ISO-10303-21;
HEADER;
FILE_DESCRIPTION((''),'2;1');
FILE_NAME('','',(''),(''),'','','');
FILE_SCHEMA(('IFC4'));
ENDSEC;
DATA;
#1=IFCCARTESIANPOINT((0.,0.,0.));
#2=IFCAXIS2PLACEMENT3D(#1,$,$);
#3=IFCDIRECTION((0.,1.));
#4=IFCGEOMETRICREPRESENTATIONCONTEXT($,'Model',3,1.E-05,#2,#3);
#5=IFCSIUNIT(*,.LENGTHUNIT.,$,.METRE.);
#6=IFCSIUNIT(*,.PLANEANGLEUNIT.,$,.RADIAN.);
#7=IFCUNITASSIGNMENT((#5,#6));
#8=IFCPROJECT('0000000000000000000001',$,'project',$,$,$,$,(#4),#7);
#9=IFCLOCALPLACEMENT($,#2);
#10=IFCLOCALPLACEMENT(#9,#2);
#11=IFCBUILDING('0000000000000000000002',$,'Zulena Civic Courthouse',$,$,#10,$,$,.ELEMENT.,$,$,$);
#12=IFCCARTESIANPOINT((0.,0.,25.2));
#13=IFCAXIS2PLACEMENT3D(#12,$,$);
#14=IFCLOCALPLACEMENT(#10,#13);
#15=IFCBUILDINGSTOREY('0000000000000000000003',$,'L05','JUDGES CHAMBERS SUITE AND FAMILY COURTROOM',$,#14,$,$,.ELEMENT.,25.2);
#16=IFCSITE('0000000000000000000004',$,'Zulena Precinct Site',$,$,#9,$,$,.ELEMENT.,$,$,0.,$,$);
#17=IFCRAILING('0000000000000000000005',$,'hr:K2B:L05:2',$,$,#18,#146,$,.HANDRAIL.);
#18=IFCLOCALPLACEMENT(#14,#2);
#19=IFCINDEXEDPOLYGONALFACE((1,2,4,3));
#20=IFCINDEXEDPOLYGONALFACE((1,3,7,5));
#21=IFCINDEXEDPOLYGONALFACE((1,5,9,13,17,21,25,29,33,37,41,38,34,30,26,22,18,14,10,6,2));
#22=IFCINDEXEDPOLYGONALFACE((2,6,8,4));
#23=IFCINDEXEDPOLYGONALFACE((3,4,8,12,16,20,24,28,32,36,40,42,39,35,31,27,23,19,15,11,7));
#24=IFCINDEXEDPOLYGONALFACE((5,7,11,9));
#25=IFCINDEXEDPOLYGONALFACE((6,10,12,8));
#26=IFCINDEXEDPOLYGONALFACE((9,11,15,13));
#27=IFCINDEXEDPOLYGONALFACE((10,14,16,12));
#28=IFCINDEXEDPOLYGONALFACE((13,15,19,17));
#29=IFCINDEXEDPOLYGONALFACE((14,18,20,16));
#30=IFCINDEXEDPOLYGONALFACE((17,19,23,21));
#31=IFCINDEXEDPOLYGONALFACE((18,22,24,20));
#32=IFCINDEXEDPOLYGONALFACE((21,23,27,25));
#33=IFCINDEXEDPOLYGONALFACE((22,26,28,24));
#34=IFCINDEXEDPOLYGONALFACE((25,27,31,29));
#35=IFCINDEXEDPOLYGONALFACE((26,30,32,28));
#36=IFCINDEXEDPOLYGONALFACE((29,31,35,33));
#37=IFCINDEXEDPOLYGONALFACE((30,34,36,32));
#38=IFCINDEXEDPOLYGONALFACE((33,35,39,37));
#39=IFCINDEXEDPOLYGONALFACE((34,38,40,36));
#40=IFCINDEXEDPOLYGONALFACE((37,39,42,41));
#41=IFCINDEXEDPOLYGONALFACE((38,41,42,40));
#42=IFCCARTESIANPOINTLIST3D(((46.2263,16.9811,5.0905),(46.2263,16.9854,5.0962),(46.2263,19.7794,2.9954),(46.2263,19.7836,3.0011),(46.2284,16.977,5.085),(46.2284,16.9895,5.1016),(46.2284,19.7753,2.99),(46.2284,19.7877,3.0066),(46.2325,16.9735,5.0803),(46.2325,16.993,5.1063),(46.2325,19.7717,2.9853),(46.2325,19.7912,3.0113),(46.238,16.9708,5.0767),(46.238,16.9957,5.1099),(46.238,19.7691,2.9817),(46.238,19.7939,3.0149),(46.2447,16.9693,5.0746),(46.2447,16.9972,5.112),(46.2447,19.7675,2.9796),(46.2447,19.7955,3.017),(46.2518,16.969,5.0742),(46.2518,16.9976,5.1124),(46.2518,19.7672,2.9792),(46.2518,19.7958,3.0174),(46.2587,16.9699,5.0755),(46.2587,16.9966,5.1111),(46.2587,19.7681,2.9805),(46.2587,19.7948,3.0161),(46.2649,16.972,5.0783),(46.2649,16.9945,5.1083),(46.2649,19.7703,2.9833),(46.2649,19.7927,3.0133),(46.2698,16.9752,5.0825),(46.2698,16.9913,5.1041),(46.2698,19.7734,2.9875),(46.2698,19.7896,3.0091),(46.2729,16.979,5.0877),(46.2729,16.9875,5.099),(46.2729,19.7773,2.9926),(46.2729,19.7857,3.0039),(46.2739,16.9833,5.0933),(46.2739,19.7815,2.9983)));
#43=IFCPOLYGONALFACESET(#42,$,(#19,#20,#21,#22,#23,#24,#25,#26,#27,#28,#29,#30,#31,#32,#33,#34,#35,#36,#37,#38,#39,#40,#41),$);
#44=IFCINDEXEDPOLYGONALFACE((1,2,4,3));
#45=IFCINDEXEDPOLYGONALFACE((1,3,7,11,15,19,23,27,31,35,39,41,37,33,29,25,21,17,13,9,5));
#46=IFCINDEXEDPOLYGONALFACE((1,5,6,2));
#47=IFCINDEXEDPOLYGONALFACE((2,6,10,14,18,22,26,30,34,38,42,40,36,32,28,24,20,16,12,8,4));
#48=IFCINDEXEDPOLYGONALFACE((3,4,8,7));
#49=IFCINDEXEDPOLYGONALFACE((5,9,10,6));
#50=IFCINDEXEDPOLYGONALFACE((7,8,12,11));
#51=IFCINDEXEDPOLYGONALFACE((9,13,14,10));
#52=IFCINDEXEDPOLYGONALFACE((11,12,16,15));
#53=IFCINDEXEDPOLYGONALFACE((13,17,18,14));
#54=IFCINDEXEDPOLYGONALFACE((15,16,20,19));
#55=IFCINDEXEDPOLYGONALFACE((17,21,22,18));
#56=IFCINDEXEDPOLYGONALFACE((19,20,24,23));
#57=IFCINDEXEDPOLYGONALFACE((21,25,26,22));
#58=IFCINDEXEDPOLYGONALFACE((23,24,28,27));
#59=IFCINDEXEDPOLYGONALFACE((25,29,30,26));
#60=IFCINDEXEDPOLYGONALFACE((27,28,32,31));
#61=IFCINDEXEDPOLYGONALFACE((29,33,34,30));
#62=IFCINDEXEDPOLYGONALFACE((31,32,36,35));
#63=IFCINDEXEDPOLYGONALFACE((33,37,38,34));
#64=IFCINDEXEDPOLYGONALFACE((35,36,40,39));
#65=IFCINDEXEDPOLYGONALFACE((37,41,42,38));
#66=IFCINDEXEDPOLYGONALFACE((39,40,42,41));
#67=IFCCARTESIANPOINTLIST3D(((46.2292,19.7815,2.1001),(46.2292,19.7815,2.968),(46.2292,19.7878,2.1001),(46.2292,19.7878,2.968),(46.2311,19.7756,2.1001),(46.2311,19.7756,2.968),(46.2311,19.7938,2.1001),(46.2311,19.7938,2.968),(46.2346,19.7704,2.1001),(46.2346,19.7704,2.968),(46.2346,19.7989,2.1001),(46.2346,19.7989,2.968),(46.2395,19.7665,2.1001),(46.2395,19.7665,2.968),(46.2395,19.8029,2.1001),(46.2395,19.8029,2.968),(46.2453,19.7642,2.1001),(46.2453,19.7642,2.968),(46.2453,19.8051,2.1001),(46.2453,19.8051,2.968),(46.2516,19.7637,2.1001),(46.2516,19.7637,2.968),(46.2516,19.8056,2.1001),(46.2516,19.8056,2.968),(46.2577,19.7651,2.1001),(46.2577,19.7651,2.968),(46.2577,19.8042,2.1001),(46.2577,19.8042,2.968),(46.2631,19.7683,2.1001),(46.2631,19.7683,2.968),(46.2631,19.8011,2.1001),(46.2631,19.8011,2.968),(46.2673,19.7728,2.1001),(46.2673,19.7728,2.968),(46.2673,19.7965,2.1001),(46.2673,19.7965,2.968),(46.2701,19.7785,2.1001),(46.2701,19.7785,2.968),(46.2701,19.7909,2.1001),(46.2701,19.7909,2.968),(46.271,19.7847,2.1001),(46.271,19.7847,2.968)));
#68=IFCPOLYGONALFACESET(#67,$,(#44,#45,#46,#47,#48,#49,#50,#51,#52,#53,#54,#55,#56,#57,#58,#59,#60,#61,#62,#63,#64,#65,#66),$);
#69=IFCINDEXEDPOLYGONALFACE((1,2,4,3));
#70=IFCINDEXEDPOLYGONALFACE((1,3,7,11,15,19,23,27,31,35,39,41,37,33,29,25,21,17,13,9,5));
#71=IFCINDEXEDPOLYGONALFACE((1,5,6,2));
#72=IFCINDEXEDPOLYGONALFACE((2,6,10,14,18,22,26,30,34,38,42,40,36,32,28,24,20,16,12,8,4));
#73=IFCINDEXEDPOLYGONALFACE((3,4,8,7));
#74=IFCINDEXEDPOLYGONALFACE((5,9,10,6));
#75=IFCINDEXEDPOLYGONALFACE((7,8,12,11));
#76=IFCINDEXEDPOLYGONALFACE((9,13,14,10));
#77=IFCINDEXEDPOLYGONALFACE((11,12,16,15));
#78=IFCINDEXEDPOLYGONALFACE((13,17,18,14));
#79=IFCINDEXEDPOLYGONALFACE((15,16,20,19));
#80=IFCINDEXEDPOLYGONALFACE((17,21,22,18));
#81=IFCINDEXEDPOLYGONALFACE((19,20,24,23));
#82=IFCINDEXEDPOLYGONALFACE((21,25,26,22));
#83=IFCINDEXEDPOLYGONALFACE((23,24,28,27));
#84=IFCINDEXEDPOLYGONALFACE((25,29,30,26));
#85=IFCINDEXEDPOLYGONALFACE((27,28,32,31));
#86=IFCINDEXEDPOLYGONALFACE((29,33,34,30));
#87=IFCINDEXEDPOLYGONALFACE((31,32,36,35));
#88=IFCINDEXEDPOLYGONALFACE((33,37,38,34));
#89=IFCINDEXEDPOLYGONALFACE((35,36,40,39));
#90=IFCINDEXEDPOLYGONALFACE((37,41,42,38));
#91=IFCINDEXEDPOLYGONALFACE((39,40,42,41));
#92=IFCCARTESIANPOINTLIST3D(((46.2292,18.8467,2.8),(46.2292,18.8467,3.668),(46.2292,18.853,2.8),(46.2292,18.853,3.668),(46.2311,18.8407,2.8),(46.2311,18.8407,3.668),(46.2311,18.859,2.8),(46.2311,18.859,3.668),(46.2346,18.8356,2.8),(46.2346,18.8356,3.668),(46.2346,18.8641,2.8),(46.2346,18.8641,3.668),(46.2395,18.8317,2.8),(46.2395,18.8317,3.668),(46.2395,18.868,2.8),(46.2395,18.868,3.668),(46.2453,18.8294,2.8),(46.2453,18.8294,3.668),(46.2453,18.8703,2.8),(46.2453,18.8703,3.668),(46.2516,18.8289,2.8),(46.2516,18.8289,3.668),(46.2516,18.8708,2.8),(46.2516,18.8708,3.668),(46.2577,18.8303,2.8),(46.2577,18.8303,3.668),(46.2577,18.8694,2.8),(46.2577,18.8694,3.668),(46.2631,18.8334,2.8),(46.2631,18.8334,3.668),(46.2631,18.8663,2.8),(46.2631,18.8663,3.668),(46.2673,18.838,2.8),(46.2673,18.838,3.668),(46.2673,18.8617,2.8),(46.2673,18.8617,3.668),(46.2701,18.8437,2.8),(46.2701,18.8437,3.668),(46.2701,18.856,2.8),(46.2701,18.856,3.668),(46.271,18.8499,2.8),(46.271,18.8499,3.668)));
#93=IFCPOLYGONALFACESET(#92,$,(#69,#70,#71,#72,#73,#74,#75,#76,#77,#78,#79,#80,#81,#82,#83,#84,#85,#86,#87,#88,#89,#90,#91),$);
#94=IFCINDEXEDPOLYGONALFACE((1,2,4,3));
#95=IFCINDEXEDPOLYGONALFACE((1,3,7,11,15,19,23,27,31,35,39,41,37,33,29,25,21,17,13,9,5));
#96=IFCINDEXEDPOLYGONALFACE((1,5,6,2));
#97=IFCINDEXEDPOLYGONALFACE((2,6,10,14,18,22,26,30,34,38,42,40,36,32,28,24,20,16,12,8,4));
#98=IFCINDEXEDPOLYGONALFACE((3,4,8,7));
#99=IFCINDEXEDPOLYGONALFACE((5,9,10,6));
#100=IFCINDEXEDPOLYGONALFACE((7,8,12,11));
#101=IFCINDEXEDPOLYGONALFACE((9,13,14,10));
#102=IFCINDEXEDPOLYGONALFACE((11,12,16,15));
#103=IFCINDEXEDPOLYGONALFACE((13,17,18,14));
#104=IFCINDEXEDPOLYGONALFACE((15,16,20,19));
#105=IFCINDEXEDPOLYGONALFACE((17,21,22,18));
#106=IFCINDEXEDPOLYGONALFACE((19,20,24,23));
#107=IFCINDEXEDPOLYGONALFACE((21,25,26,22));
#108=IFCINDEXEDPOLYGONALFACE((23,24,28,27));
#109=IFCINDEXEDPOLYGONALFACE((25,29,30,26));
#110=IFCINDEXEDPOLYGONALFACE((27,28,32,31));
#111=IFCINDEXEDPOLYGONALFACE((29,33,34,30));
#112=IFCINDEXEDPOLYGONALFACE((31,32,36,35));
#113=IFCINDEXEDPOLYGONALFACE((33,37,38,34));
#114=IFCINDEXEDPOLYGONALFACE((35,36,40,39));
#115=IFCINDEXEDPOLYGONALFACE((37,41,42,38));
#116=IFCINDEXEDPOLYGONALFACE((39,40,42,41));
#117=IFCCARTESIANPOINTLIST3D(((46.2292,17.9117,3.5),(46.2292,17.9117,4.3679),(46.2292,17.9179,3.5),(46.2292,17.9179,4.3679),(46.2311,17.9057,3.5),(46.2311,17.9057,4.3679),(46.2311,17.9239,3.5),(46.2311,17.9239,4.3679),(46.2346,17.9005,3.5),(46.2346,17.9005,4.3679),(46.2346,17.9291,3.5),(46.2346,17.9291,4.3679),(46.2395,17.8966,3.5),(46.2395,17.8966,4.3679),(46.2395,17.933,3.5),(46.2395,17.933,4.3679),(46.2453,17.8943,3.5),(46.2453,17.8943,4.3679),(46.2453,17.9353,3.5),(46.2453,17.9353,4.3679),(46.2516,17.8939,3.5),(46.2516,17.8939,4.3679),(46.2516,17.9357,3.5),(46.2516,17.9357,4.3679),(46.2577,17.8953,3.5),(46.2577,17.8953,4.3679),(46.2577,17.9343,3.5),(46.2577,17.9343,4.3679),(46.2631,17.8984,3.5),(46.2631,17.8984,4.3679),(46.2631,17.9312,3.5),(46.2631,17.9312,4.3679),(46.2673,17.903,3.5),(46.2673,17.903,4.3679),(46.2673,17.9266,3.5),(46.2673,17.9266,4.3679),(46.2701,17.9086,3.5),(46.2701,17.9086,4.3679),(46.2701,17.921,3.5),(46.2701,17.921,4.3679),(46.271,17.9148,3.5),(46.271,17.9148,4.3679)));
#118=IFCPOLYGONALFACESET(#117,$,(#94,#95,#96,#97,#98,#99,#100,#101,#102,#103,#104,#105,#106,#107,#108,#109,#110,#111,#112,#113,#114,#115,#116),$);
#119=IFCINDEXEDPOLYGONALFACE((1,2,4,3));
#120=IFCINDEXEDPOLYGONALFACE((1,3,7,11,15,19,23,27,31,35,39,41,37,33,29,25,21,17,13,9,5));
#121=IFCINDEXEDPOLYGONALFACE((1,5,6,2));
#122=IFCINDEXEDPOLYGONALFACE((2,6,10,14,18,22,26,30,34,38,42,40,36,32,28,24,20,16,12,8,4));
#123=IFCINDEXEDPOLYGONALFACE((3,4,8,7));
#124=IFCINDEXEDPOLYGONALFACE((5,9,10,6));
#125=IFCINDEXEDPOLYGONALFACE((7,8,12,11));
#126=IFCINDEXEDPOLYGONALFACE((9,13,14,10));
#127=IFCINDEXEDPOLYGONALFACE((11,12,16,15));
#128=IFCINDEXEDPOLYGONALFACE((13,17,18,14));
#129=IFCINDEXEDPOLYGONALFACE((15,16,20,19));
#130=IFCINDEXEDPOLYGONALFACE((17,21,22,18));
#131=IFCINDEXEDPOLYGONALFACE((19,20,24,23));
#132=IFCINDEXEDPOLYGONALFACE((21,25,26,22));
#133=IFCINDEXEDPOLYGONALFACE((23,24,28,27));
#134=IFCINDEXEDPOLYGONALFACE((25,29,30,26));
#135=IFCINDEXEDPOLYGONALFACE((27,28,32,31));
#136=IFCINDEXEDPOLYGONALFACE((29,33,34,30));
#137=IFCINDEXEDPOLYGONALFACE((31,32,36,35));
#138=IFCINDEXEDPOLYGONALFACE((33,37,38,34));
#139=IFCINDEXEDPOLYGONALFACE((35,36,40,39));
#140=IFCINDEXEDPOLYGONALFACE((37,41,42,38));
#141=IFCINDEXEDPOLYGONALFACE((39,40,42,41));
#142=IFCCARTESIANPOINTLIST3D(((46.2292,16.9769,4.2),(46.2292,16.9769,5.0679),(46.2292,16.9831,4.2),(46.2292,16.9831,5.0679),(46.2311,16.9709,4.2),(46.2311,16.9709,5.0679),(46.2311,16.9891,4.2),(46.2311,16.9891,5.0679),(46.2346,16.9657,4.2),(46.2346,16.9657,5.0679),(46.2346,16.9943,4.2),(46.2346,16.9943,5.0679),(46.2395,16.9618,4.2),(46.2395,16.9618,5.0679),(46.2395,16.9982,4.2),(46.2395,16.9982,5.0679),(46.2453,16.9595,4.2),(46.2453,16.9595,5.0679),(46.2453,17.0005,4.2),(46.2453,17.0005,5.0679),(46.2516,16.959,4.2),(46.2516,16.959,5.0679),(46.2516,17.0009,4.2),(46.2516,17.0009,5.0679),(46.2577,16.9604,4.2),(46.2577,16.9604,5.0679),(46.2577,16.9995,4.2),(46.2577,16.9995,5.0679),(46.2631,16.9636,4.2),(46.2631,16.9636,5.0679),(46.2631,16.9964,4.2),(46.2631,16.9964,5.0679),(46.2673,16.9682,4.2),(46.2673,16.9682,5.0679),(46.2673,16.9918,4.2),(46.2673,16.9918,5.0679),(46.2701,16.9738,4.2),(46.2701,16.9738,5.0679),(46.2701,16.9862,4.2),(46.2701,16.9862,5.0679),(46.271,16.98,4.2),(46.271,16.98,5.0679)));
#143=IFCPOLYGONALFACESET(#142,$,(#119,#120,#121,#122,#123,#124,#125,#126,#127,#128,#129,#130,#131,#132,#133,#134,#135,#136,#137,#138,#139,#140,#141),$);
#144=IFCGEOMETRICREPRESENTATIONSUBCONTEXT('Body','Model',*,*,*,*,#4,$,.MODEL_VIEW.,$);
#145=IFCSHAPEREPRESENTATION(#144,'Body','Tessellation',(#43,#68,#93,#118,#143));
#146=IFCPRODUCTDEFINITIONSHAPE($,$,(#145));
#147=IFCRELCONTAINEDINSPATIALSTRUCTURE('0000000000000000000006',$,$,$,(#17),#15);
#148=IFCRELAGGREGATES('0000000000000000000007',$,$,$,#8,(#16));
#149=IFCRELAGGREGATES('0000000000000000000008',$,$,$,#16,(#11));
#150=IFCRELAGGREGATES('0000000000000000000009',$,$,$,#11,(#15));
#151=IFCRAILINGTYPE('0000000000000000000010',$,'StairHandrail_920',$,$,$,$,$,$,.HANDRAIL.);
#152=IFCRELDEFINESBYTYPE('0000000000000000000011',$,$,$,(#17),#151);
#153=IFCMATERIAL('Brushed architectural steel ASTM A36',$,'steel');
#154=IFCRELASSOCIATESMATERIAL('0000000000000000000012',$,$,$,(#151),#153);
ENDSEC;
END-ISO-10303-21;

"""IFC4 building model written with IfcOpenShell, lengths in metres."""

from ifc_helpers import new_model, si_unit, direction, frame, origin, origin_2d, place, context, subcontext, project, spatial, circle, extrude, material, type_object, element, save


model = new_model("IFC4")

# Units and contexts
model_context = context("Model", 3, precision=1e-05, world=origin(), true_north=direction((0.0, 1.0)))
body_context = subcontext(model_context, "Body", "Model", "MODEL_VIEW")
ifc_project = project(units=[si_unit("LENGTHUNIT", "METRE"), si_unit("PLANEANGLEUNIT", "RADIAN")], contexts=[model_context])

# Site, building, storey
site_placement = place(None, origin())
site = spatial("IfcSite", under=ifc_project, at=site_placement, Name="Zulena Precinct Site", CompositionType="ELEMENT", RefElevation=0.0)
building_placement = place(site_placement, origin())
building = spatial("IfcBuilding", under=site, at=building_placement, Name="Zulena Civic Courthouse", CompositionType="ELEMENT")
storey_placement = place(building_placement, frame((0.0, 0.0, 25.2)))
storey = spatial("IfcBuildingStorey", under=building, at=storey_placement, Name="L05", Description="JUDGES CHAMBERS SUITE AND FAMILY COURTROOM", CompositionType="ELEMENT", Elevation=25.2)

# Railing
ifc_material_1 = material(Name="Brushed architectural steel ASTM A36", Category="steel")
railing_type_1 = type_object("IfcRailingType", Name="StairHandrail_920", PredefinedType="HANDRAIL", material=ifc_material_1)
railing_1_placement = place(storey_placement, frame((46.25, 19.7847, 2.1001)))
element("IfcRailing", 1, at=railing_1_placement, inside=storey, type_object=railing_type_1, Name="hr:K2B:L05:2", PredefinedType="HANDRAIL", context=body_context, shape_type="SweptSolid", body=[
    extrude(circle(Radius=0.0239, at=origin_2d()), frame((0.0, -0.0032, 0.8982), z_axis=(0.0, -0.800501, 0.599331), x_axis=(1.0, 0.0, 0.0)), (0.0, 0.0, 1.0), 3.4956),
    extrude(circle(Radius=0.021, at=origin_2d()), origin(), (0.0, 0.0, 1.0), 0.8679),
    extrude(circle(Radius=0.021, at=origin_2d()), frame((0.0, -0.9348, 0.7)), (0.0, 0.0, 1.0), 0.8679),
    extrude(circle(Radius=0.021, at=origin_2d()), frame((0.0, -1.8699, 1.3999)), (0.0, 0.0, 1.0), 0.8679),
    extrude(circle(Radius=0.021, at=origin_2d()), frame((0.0, -2.8047, 2.0999)), (0.0, 0.0, 1.0), 0.8679),
])

save(model, "model.ifc")
